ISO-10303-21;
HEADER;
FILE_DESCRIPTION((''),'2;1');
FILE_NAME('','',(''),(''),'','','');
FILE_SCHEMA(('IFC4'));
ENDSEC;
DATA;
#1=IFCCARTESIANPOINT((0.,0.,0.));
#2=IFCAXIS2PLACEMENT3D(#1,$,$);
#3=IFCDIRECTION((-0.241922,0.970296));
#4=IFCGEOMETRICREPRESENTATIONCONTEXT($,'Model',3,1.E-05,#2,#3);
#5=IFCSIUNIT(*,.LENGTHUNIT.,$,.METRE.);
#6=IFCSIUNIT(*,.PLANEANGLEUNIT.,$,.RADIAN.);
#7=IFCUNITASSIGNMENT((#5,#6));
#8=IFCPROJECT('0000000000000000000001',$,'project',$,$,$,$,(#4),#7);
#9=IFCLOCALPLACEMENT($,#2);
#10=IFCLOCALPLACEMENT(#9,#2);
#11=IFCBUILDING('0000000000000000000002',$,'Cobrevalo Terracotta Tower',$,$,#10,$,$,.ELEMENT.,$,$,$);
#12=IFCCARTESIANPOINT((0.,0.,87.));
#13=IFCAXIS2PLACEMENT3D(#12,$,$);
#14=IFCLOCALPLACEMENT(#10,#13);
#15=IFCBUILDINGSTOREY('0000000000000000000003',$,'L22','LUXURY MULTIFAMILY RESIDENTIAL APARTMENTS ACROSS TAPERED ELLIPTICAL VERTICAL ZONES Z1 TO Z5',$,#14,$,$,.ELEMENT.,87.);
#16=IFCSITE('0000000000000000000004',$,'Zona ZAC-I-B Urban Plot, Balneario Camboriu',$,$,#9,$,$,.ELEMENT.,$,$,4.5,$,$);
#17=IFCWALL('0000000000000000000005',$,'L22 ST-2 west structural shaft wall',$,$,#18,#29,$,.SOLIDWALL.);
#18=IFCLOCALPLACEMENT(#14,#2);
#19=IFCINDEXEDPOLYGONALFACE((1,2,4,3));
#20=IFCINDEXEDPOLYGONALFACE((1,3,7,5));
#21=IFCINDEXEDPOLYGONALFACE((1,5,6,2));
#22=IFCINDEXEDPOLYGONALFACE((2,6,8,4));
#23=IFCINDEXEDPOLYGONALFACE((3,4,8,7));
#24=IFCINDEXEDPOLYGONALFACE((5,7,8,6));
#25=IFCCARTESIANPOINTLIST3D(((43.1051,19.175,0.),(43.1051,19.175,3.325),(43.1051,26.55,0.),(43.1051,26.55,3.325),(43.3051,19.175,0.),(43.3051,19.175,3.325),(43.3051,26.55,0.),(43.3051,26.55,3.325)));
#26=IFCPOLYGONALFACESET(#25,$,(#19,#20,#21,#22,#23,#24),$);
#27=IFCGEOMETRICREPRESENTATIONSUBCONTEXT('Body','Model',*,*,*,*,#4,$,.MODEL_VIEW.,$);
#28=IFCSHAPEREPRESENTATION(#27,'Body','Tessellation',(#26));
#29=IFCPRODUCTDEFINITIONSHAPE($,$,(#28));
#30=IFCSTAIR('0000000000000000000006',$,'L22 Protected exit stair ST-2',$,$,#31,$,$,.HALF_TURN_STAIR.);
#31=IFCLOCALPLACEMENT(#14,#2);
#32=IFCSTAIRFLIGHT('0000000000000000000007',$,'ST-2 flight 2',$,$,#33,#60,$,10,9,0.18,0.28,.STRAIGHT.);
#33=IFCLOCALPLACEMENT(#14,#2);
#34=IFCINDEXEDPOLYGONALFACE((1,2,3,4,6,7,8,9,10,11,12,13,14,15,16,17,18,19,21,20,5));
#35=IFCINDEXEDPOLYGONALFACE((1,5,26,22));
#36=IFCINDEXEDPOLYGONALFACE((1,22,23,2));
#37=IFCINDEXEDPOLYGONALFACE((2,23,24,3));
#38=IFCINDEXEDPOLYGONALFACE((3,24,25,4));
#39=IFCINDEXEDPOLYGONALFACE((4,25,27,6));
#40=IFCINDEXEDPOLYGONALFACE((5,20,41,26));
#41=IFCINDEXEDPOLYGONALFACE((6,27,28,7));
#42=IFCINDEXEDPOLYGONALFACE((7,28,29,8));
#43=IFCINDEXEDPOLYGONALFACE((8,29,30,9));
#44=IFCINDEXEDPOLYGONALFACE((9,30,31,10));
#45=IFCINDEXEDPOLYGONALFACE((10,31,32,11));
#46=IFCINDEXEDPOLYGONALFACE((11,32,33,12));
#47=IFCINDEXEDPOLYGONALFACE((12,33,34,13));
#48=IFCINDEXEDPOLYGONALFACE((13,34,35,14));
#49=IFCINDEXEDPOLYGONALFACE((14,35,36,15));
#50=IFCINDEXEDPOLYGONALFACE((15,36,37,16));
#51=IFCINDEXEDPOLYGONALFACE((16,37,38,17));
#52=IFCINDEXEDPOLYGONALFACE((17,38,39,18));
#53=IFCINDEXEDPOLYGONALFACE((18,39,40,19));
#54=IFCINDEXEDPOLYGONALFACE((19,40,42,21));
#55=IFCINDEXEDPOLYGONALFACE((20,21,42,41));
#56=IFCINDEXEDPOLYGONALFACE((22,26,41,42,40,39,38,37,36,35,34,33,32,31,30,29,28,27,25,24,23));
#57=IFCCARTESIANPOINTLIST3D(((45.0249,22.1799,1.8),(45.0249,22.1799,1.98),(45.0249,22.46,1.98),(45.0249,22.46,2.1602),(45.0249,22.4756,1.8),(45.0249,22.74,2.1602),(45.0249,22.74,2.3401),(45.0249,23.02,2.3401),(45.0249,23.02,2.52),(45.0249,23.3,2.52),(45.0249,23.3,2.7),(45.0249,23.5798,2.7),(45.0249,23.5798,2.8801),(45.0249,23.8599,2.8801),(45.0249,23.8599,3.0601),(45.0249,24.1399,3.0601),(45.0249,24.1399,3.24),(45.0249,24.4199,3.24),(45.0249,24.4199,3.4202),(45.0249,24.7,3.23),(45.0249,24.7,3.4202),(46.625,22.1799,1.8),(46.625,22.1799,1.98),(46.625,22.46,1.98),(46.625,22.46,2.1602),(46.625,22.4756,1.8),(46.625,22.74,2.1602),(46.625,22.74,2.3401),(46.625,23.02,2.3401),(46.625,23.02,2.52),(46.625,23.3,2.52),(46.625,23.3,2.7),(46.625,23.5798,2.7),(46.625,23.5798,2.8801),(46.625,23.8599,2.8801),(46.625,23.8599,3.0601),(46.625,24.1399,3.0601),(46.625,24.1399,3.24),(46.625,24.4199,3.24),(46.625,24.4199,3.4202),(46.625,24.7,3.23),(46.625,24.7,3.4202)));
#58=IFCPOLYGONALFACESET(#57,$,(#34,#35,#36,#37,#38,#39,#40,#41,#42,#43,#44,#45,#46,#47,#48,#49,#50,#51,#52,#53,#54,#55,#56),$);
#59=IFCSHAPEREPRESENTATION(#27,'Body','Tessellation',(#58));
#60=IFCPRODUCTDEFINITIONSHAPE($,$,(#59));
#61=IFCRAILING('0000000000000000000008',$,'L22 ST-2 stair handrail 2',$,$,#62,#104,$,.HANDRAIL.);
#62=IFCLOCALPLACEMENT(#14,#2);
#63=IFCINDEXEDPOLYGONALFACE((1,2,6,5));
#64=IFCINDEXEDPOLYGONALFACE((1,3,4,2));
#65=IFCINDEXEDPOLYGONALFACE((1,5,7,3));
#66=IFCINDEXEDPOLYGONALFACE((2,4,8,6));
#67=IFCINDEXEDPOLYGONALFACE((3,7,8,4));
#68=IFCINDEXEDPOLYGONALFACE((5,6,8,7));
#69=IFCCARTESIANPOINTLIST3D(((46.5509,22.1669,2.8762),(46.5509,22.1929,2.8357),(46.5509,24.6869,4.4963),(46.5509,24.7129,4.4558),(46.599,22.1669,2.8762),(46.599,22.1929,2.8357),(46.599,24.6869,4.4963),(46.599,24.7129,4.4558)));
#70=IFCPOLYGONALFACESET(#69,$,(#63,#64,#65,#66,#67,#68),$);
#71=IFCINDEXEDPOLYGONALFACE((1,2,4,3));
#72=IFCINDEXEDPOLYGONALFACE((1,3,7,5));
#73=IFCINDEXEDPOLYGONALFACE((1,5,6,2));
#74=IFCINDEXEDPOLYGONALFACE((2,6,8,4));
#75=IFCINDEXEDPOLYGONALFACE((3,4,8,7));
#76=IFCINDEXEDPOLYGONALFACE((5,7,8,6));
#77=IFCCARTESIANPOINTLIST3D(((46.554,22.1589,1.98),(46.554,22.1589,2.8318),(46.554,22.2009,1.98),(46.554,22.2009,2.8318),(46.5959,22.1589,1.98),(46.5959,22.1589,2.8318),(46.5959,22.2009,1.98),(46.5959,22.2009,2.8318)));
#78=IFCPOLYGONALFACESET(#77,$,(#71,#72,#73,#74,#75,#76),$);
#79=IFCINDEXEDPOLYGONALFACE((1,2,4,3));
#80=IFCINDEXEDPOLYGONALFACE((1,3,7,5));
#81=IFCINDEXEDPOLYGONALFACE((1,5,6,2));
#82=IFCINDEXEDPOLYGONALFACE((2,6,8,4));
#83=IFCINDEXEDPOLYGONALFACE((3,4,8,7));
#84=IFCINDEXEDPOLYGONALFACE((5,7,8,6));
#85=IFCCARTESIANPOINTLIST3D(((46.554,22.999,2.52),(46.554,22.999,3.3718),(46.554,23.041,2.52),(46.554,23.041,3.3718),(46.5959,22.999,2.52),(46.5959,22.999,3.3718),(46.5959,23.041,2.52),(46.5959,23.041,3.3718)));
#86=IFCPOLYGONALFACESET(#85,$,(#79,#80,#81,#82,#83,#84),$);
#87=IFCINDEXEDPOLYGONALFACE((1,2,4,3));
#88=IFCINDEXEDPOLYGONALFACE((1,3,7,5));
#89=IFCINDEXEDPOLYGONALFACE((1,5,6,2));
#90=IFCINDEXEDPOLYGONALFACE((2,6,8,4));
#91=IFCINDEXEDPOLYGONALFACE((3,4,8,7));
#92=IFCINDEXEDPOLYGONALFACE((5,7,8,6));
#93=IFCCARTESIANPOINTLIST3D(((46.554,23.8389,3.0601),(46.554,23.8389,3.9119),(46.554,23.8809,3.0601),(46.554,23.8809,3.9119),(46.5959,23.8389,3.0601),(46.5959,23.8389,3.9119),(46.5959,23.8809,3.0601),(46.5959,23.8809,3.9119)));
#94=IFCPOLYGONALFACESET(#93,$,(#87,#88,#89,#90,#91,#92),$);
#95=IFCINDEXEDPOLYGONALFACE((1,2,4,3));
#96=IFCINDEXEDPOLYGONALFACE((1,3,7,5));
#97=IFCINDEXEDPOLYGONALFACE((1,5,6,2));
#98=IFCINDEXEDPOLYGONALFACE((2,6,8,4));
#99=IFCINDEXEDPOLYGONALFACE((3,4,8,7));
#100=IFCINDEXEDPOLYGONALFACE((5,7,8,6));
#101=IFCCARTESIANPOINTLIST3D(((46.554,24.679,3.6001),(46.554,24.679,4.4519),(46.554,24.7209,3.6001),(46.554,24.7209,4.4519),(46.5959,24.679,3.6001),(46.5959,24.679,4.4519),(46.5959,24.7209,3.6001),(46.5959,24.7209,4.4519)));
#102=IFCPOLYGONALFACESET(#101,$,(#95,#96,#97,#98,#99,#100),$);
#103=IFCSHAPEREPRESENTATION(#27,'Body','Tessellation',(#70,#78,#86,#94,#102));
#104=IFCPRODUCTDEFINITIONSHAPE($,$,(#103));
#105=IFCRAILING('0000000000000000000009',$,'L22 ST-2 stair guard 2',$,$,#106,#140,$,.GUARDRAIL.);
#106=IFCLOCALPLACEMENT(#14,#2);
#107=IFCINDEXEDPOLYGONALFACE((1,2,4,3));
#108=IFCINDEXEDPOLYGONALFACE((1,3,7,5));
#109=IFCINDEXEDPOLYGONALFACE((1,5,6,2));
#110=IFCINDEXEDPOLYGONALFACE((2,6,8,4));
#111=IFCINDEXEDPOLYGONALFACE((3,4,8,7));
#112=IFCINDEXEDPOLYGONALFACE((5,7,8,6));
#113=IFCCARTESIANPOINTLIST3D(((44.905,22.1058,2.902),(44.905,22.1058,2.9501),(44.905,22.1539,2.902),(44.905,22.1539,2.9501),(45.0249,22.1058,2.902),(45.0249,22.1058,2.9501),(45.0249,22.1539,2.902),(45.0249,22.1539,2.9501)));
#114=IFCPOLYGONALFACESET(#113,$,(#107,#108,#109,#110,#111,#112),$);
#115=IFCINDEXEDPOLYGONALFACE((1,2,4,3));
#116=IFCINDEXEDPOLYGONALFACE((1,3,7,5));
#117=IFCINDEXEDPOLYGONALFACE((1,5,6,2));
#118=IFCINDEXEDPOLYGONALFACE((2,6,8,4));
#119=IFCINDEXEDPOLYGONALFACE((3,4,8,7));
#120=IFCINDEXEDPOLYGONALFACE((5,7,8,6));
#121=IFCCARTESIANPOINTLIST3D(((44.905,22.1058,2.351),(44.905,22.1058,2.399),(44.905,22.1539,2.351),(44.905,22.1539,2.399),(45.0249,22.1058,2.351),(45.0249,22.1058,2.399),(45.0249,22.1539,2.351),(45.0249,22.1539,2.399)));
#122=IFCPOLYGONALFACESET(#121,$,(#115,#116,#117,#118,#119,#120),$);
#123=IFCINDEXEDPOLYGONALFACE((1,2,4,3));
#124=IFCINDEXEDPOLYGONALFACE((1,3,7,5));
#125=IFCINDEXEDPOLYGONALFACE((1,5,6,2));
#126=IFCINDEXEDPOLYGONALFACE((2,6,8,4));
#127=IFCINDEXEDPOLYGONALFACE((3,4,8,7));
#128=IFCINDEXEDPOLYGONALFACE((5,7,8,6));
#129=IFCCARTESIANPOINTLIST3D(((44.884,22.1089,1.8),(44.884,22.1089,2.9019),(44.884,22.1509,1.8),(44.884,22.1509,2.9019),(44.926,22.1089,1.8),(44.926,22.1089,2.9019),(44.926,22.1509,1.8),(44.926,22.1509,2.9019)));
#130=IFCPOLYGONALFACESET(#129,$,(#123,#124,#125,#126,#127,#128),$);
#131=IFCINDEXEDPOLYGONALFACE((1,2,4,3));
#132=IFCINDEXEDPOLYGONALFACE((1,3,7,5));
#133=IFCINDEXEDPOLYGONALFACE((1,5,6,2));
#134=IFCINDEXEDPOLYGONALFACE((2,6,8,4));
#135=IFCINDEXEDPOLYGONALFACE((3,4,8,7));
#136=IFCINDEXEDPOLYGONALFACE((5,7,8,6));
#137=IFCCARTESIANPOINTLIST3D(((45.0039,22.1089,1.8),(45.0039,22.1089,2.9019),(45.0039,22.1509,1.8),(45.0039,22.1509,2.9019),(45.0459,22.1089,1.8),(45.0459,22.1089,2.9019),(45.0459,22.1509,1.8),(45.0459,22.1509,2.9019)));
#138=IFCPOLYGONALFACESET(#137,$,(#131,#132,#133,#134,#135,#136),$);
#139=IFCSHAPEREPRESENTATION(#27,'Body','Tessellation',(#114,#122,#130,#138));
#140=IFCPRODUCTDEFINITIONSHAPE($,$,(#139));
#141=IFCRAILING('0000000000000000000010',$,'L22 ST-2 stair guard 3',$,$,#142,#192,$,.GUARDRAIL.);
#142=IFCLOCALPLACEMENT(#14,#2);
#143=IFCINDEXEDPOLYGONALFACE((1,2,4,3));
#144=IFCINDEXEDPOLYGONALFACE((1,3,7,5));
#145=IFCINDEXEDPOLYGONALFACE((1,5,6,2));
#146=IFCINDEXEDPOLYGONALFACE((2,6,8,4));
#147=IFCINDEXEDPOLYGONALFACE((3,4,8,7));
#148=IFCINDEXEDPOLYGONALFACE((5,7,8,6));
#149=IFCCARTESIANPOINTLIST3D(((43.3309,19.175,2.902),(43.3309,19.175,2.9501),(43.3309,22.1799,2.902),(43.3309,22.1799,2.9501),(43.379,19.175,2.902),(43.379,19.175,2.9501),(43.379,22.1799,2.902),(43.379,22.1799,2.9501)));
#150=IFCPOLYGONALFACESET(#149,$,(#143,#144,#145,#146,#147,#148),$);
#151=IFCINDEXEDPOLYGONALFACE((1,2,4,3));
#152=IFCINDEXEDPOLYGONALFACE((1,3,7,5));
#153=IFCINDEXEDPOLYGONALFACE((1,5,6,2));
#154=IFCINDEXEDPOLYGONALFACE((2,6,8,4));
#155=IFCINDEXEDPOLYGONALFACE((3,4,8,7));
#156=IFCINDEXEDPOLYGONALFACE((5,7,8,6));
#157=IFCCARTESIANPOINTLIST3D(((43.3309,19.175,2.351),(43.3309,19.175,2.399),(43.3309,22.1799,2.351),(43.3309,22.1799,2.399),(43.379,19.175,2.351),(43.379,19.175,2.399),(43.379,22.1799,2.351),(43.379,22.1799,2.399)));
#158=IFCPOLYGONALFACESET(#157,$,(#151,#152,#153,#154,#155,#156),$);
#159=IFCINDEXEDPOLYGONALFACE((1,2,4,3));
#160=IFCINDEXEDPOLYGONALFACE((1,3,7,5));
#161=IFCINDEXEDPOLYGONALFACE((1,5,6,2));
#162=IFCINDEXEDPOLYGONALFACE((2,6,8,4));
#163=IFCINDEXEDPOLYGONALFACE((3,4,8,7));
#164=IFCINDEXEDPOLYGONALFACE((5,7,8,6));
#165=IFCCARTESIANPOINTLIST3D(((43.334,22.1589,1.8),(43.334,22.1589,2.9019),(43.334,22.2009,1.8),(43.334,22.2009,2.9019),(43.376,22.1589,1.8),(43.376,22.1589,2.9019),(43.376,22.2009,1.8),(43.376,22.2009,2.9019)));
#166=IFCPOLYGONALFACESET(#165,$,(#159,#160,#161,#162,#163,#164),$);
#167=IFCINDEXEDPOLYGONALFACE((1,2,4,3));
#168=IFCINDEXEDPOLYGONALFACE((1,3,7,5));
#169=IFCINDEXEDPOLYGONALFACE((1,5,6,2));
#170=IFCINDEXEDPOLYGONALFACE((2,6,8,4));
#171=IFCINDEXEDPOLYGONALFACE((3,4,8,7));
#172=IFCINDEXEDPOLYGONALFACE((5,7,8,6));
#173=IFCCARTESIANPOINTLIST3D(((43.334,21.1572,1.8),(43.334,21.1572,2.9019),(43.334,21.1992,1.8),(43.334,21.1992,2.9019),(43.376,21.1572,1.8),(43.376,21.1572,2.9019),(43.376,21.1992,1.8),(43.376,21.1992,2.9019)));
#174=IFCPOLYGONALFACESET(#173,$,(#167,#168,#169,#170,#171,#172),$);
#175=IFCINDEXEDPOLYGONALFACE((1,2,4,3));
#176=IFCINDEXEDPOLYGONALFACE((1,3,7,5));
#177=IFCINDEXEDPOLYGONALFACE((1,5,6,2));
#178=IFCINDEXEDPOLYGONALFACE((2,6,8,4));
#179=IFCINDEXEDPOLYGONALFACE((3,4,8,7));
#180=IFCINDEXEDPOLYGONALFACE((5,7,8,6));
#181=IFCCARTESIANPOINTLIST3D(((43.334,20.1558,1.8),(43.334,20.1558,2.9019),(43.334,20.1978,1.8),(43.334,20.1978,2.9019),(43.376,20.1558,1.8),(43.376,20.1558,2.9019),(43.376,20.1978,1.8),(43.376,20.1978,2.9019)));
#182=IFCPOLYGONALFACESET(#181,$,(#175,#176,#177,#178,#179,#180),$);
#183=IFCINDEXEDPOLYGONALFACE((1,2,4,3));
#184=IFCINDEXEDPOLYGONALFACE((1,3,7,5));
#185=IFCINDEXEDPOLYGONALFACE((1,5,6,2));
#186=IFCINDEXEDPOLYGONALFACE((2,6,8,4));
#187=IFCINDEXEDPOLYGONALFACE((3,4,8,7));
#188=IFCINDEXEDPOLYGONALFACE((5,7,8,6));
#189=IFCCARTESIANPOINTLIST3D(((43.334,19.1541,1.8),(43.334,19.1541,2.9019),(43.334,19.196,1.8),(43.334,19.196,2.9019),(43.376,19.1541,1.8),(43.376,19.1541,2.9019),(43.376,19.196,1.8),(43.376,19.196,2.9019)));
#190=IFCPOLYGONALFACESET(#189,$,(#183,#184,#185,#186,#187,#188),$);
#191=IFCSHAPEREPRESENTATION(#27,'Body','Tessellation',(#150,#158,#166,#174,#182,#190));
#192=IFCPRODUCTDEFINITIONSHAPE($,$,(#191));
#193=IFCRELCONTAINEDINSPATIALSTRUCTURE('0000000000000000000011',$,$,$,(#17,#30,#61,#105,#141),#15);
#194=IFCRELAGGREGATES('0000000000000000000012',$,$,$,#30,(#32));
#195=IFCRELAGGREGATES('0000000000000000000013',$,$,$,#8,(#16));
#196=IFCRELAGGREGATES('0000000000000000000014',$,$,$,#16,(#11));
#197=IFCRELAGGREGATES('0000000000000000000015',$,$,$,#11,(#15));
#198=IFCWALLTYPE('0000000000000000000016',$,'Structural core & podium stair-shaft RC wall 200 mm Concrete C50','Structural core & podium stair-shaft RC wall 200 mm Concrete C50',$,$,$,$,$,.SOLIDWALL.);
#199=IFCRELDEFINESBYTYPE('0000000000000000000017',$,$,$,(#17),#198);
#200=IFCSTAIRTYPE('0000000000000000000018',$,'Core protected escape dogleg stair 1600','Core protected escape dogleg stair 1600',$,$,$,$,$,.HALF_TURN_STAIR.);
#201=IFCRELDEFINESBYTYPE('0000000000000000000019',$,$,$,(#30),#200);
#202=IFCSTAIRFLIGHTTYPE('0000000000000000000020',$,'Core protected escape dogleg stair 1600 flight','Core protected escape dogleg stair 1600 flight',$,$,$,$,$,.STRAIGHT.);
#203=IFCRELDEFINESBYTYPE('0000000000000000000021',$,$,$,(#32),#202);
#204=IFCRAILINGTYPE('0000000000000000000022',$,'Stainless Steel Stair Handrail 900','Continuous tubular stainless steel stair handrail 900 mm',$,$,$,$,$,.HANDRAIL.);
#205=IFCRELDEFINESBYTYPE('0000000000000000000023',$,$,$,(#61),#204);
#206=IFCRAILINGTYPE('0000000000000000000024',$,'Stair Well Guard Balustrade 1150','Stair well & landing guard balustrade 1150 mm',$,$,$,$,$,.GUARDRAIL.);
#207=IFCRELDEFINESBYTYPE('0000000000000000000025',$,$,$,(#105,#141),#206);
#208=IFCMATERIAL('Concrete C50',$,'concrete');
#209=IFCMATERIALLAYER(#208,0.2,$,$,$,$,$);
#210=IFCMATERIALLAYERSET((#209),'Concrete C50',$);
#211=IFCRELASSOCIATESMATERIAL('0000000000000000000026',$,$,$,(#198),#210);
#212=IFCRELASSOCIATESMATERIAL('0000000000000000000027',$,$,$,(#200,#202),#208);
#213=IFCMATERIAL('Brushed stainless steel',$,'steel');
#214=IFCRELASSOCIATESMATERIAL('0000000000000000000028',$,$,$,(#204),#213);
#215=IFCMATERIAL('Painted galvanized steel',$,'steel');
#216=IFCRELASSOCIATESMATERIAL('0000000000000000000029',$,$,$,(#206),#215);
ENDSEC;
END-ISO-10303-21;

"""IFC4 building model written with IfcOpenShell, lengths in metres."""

from ifc_helpers import new_model, si_unit, direction, frame, frame_2d, origin, origin_2d, place, context, subcontext, project, spatial, polyline, rectangle, outline, extrude, material, layer, layer_set, type_object, element, aggregate, save


model = new_model("IFC4")

# Units and contexts
model_context = context("Model", 3, precision=1e-05, world=origin(), true_north=direction((-0.241922, 0.970296)))
body_context = subcontext(model_context, "Body", "Model", "MODEL_VIEW")
ifc_project = project(units=[si_unit("LENGTHUNIT", "METRE"), si_unit("PLANEANGLEUNIT", "RADIAN")], contexts=[model_context])

# Site, building, storey
site_placement = place(None, origin())
site = spatial("IfcSite", under=ifc_project, at=site_placement, Name="Zona ZAC-I-B Urban Plot, Balneario Camboriu", CompositionType="ELEMENT", RefElevation=4.5)
building_placement = place(site_placement, origin())
building = spatial("IfcBuilding", under=site, at=building_placement, Name="Cobrevalo Terracotta Tower", CompositionType="ELEMENT")
storey_placement = place(building_placement, frame((0.0, 0.0, 87.0)))
storey = spatial("IfcBuildingStorey", under=building, at=storey_placement, Name="L22", Description="LUXURY MULTIFAMILY RESIDENTIAL APARTMENTS ACROSS TAPERED ELLIPTICAL VERTICAL ZONES Z1 TO Z5", CompositionType="ELEMENT", Elevation=87.0)

# Wall
ifc_material_1 = material(Name="Concrete C50", Category="concrete")
ifc_layer_1 = layer(ifc_material_1, 0.2)
ifc_layer_set_1 = layer_set([ifc_layer_1], Name="Concrete C50")
wall_type_1 = type_object("IfcWallType", Name="Structural core & podium stair-shaft RC wall 200 mm Concrete C50", Description="Structural core & podium stair-shaft RC wall 200 mm Concrete C50", PredefinedType="SOLIDWALL", material=ifc_layer_set_1)
wall_1_placement = place(storey_placement, frame((43.2051, 19.175, 0.0), z_axis=(0.0, 0.0, 1.0), x_axis=(0.0, 1.0, 0.0)))
element("IfcWall", 1, at=wall_1_placement, inside=storey, type_object=wall_type_1, Name="L22 ST-2 west structural shaft wall", PredefinedType="SOLIDWALL", context=body_context, shape_type="SweptSolid", body=[
    extrude(rectangle(XDim=7.375, YDim=0.2, at=frame_2d((3.6875, 0.0))), origin(), (0.0, 0.0, 1.0), 3.325),
])

# Stair, stair flight
stair_type = type_object("IfcStairType", Name="Core protected escape dogleg stair 1600", Description="Core protected escape dogleg stair 1600", PredefinedType="HALF_TURN_STAIR", material=ifc_material_1)
stair_placement = place(storey_placement, origin())
stair = element("IfcStair", 2, at=stair_placement, inside=storey, type_object=stair_type, Name="L22 Protected exit stair ST-2", PredefinedType="HALF_TURN_STAIR")
stair_flight_type = type_object("IfcStairFlightType", Name="Core protected escape dogleg stair 1600 flight", Description="Core protected escape dogleg stair 1600 flight", PredefinedType="STRAIGHT", material=ifc_material_1)
stair_flight_placement = place(storey_placement, frame((45.825, 22.1799, 1.8), z_axis=(0.0, 0.0, 1.0), x_axis=(0.0, 1.0, 0.0)))
stair_flight = element("IfcStairFlight", 3, at=stair_flight_placement, type_object=stair_flight_type, Name="ST-2 flight 2", NumberOfRisers=10, NumberOfTreads=9, PredefinedType="STRAIGHT", RiserHeight=0.18, TreadLength=0.28, context=body_context, shape_type="SweptSolid", body=[
    extrude(outline(polyline([(0.0, 0.0), (0.0, 0.1799), (0.28, 0.1799), (0.28, 0.3601), (0.5601, 0.3601), (0.5601, 0.54), (0.8401, 0.54), (0.8401, 0.72), (1.1201, 0.72), (1.1201, 0.8999), (1.3999, 0.8999), (1.3999, 1.0801), (1.6799, 1.0801), (1.6799, 1.26), (1.96, 1.26), (1.96, 1.4399), (2.24, 1.4399), (2.24, 1.6201), (2.52, 1.6201), (2.52, 1.8), (2.52, 1.4299), (0.2957, 0.0), (0.0, 0.0)])), frame((0.0, 0.8, 0.0), z_axis=(0.0, -1.0, 0.0), x_axis=(1.0, 0.0, 0.0)), (0.0, 0.0, 1.0), 1.6001),
])
aggregate(stair, [stair_flight])

# Railings
ifc_material_2 = material(Name="Brushed stainless steel", Category="steel")
railing_type_1 = type_object("IfcRailingType", Name="Stainless Steel Stair Handrail 900", Description="Continuous tubular stainless steel stair handrail 900 mm", PredefinedType="HANDRAIL", material=ifc_material_2)
railing_1_placement = place(storey_placement, frame((46.575, 22.1799, 1.98)))
element("IfcRailing", 4, at=railing_1_placement, inside=storey, type_object=railing_type_1, Name="L22 ST-2 stair handrail 2", PredefinedType="HANDRAIL", context=body_context, shape_type="SweptSolid", body=[
    extrude(rectangle(XDim=0.0481, YDim=0.0481, at=origin_2d()), frame((0.0, 0.0, 0.876), z_axis=(0.0, 0.841163, 0.540782), x_axis=(-1.0, 0.0, 0.0)), (0.0, 0.0, 1.0), 2.9958),
    extrude(rectangle(XDim=0.042, YDim=0.042, at=origin_2d()), origin(), (0.0, 0.0, 1.0), 0.8518),
    extrude(rectangle(XDim=0.042, YDim=0.042, at=origin_2d()), frame((0.0, 0.8401, 0.54)), (0.0, 0.0, 1.0), 0.8518),
    extrude(rectangle(XDim=0.042, YDim=0.042, at=origin_2d()), frame((0.0, 1.6799, 1.0801)), (0.0, 0.0, 1.0), 0.8518),
    extrude(rectangle(XDim=0.042, YDim=0.042, at=origin_2d()), frame((0.0, 2.52, 1.6201)), (0.0, 0.0, 1.0), 0.8518),
])
ifc_material_3 = material(Name="Painted galvanized steel", Category="steel")
railing_type_2 = type_object("IfcRailingType", Name="Stair Well Guard Balustrade 1150", Description="Stair well & landing guard balustrade 1150 mm", PredefinedType="GUARDRAIL", material=ifc_material_3)
railing_2_placement = place(storey_placement, frame((44.905, 22.1299, 1.8)))
element("IfcRailing", 5, at=railing_2_placement, inside=storey, type_object=railing_type_2, Name="L22 ST-2 stair guard 2", PredefinedType="GUARDRAIL", context=body_context, shape_type="SweptSolid", body=[
    extrude(rectangle(XDim=0.0481, YDim=0.0481, at=origin_2d()), frame((0.0, 0.0, 1.126), z_axis=(1.0, 0.0, 0.0), x_axis=(0.0, 1.0, 0.0)), (0.0, 0.0, 1.0), 0.1199),
    extrude(rectangle(XDim=0.0481, YDim=0.0481, at=origin_2d()), frame((0.0, 0.0, 0.575), z_axis=(1.0, 0.0, 0.0), x_axis=(0.0, 1.0, 0.0)), (0.0, 0.0, 1.0), 0.1199),
    extrude(rectangle(XDim=0.042, YDim=0.042, at=origin_2d()), origin(), (0.0, 0.0, 1.0), 1.1018),
    extrude(rectangle(XDim=0.042, YDim=0.042, at=origin_2d()), frame((0.1199, 0.0, 0.0)), (0.0, 0.0, 1.0), 1.1018),
])
for number, where, name in (
    (6, (43.355, 22.1799, 1.8), "L22 ST-2 stair guard 3"),
):
    element("IfcRailing", number, at=place(storey_placement, frame(where)), inside=storey, type_object=railing_type_2, Name=name, PredefinedType="GUARDRAIL", context=body_context, shape_type="SweptSolid", body=[
        extrude(rectangle(XDim=0.0481, YDim=0.0481, at=origin_2d()), frame((0.0, 0.0, 1.126), z_axis=(0.0, -1.0, 0.0), x_axis=(1.0, 0.0, 0.0)), (0.0, 0.0, 1.0), 3.0049),
        extrude(rectangle(XDim=0.0481, YDim=0.0481, at=origin_2d()), frame((0.0, 0.0, 0.575), z_axis=(0.0, -1.0, 0.0), x_axis=(1.0, 0.0, 0.0)), (0.0, 0.0, 1.0), 3.0049),
        extrude(rectangle(XDim=0.042, YDim=0.042, at=origin_2d()), origin(), (0.0, 0.0, 1.0), 1.1018),
        extrude(rectangle(XDim=0.042, YDim=0.042, at=origin_2d()), frame((0.0, -1.0017, 0.0)), (0.0, 0.0, 1.0), 1.1018),
        extrude(rectangle(XDim=0.042, YDim=0.042, at=origin_2d()), frame((0.0, -2.0032, 0.0)), (0.0, 0.0, 1.0), 1.1018),
        extrude(rectangle(XDim=0.042, YDim=0.042, at=origin_2d()), frame((0.0, -3.0049, 0.0)), (0.0, 0.0, 1.0), 1.1018),
    ])

save(model, "model.ifc")
